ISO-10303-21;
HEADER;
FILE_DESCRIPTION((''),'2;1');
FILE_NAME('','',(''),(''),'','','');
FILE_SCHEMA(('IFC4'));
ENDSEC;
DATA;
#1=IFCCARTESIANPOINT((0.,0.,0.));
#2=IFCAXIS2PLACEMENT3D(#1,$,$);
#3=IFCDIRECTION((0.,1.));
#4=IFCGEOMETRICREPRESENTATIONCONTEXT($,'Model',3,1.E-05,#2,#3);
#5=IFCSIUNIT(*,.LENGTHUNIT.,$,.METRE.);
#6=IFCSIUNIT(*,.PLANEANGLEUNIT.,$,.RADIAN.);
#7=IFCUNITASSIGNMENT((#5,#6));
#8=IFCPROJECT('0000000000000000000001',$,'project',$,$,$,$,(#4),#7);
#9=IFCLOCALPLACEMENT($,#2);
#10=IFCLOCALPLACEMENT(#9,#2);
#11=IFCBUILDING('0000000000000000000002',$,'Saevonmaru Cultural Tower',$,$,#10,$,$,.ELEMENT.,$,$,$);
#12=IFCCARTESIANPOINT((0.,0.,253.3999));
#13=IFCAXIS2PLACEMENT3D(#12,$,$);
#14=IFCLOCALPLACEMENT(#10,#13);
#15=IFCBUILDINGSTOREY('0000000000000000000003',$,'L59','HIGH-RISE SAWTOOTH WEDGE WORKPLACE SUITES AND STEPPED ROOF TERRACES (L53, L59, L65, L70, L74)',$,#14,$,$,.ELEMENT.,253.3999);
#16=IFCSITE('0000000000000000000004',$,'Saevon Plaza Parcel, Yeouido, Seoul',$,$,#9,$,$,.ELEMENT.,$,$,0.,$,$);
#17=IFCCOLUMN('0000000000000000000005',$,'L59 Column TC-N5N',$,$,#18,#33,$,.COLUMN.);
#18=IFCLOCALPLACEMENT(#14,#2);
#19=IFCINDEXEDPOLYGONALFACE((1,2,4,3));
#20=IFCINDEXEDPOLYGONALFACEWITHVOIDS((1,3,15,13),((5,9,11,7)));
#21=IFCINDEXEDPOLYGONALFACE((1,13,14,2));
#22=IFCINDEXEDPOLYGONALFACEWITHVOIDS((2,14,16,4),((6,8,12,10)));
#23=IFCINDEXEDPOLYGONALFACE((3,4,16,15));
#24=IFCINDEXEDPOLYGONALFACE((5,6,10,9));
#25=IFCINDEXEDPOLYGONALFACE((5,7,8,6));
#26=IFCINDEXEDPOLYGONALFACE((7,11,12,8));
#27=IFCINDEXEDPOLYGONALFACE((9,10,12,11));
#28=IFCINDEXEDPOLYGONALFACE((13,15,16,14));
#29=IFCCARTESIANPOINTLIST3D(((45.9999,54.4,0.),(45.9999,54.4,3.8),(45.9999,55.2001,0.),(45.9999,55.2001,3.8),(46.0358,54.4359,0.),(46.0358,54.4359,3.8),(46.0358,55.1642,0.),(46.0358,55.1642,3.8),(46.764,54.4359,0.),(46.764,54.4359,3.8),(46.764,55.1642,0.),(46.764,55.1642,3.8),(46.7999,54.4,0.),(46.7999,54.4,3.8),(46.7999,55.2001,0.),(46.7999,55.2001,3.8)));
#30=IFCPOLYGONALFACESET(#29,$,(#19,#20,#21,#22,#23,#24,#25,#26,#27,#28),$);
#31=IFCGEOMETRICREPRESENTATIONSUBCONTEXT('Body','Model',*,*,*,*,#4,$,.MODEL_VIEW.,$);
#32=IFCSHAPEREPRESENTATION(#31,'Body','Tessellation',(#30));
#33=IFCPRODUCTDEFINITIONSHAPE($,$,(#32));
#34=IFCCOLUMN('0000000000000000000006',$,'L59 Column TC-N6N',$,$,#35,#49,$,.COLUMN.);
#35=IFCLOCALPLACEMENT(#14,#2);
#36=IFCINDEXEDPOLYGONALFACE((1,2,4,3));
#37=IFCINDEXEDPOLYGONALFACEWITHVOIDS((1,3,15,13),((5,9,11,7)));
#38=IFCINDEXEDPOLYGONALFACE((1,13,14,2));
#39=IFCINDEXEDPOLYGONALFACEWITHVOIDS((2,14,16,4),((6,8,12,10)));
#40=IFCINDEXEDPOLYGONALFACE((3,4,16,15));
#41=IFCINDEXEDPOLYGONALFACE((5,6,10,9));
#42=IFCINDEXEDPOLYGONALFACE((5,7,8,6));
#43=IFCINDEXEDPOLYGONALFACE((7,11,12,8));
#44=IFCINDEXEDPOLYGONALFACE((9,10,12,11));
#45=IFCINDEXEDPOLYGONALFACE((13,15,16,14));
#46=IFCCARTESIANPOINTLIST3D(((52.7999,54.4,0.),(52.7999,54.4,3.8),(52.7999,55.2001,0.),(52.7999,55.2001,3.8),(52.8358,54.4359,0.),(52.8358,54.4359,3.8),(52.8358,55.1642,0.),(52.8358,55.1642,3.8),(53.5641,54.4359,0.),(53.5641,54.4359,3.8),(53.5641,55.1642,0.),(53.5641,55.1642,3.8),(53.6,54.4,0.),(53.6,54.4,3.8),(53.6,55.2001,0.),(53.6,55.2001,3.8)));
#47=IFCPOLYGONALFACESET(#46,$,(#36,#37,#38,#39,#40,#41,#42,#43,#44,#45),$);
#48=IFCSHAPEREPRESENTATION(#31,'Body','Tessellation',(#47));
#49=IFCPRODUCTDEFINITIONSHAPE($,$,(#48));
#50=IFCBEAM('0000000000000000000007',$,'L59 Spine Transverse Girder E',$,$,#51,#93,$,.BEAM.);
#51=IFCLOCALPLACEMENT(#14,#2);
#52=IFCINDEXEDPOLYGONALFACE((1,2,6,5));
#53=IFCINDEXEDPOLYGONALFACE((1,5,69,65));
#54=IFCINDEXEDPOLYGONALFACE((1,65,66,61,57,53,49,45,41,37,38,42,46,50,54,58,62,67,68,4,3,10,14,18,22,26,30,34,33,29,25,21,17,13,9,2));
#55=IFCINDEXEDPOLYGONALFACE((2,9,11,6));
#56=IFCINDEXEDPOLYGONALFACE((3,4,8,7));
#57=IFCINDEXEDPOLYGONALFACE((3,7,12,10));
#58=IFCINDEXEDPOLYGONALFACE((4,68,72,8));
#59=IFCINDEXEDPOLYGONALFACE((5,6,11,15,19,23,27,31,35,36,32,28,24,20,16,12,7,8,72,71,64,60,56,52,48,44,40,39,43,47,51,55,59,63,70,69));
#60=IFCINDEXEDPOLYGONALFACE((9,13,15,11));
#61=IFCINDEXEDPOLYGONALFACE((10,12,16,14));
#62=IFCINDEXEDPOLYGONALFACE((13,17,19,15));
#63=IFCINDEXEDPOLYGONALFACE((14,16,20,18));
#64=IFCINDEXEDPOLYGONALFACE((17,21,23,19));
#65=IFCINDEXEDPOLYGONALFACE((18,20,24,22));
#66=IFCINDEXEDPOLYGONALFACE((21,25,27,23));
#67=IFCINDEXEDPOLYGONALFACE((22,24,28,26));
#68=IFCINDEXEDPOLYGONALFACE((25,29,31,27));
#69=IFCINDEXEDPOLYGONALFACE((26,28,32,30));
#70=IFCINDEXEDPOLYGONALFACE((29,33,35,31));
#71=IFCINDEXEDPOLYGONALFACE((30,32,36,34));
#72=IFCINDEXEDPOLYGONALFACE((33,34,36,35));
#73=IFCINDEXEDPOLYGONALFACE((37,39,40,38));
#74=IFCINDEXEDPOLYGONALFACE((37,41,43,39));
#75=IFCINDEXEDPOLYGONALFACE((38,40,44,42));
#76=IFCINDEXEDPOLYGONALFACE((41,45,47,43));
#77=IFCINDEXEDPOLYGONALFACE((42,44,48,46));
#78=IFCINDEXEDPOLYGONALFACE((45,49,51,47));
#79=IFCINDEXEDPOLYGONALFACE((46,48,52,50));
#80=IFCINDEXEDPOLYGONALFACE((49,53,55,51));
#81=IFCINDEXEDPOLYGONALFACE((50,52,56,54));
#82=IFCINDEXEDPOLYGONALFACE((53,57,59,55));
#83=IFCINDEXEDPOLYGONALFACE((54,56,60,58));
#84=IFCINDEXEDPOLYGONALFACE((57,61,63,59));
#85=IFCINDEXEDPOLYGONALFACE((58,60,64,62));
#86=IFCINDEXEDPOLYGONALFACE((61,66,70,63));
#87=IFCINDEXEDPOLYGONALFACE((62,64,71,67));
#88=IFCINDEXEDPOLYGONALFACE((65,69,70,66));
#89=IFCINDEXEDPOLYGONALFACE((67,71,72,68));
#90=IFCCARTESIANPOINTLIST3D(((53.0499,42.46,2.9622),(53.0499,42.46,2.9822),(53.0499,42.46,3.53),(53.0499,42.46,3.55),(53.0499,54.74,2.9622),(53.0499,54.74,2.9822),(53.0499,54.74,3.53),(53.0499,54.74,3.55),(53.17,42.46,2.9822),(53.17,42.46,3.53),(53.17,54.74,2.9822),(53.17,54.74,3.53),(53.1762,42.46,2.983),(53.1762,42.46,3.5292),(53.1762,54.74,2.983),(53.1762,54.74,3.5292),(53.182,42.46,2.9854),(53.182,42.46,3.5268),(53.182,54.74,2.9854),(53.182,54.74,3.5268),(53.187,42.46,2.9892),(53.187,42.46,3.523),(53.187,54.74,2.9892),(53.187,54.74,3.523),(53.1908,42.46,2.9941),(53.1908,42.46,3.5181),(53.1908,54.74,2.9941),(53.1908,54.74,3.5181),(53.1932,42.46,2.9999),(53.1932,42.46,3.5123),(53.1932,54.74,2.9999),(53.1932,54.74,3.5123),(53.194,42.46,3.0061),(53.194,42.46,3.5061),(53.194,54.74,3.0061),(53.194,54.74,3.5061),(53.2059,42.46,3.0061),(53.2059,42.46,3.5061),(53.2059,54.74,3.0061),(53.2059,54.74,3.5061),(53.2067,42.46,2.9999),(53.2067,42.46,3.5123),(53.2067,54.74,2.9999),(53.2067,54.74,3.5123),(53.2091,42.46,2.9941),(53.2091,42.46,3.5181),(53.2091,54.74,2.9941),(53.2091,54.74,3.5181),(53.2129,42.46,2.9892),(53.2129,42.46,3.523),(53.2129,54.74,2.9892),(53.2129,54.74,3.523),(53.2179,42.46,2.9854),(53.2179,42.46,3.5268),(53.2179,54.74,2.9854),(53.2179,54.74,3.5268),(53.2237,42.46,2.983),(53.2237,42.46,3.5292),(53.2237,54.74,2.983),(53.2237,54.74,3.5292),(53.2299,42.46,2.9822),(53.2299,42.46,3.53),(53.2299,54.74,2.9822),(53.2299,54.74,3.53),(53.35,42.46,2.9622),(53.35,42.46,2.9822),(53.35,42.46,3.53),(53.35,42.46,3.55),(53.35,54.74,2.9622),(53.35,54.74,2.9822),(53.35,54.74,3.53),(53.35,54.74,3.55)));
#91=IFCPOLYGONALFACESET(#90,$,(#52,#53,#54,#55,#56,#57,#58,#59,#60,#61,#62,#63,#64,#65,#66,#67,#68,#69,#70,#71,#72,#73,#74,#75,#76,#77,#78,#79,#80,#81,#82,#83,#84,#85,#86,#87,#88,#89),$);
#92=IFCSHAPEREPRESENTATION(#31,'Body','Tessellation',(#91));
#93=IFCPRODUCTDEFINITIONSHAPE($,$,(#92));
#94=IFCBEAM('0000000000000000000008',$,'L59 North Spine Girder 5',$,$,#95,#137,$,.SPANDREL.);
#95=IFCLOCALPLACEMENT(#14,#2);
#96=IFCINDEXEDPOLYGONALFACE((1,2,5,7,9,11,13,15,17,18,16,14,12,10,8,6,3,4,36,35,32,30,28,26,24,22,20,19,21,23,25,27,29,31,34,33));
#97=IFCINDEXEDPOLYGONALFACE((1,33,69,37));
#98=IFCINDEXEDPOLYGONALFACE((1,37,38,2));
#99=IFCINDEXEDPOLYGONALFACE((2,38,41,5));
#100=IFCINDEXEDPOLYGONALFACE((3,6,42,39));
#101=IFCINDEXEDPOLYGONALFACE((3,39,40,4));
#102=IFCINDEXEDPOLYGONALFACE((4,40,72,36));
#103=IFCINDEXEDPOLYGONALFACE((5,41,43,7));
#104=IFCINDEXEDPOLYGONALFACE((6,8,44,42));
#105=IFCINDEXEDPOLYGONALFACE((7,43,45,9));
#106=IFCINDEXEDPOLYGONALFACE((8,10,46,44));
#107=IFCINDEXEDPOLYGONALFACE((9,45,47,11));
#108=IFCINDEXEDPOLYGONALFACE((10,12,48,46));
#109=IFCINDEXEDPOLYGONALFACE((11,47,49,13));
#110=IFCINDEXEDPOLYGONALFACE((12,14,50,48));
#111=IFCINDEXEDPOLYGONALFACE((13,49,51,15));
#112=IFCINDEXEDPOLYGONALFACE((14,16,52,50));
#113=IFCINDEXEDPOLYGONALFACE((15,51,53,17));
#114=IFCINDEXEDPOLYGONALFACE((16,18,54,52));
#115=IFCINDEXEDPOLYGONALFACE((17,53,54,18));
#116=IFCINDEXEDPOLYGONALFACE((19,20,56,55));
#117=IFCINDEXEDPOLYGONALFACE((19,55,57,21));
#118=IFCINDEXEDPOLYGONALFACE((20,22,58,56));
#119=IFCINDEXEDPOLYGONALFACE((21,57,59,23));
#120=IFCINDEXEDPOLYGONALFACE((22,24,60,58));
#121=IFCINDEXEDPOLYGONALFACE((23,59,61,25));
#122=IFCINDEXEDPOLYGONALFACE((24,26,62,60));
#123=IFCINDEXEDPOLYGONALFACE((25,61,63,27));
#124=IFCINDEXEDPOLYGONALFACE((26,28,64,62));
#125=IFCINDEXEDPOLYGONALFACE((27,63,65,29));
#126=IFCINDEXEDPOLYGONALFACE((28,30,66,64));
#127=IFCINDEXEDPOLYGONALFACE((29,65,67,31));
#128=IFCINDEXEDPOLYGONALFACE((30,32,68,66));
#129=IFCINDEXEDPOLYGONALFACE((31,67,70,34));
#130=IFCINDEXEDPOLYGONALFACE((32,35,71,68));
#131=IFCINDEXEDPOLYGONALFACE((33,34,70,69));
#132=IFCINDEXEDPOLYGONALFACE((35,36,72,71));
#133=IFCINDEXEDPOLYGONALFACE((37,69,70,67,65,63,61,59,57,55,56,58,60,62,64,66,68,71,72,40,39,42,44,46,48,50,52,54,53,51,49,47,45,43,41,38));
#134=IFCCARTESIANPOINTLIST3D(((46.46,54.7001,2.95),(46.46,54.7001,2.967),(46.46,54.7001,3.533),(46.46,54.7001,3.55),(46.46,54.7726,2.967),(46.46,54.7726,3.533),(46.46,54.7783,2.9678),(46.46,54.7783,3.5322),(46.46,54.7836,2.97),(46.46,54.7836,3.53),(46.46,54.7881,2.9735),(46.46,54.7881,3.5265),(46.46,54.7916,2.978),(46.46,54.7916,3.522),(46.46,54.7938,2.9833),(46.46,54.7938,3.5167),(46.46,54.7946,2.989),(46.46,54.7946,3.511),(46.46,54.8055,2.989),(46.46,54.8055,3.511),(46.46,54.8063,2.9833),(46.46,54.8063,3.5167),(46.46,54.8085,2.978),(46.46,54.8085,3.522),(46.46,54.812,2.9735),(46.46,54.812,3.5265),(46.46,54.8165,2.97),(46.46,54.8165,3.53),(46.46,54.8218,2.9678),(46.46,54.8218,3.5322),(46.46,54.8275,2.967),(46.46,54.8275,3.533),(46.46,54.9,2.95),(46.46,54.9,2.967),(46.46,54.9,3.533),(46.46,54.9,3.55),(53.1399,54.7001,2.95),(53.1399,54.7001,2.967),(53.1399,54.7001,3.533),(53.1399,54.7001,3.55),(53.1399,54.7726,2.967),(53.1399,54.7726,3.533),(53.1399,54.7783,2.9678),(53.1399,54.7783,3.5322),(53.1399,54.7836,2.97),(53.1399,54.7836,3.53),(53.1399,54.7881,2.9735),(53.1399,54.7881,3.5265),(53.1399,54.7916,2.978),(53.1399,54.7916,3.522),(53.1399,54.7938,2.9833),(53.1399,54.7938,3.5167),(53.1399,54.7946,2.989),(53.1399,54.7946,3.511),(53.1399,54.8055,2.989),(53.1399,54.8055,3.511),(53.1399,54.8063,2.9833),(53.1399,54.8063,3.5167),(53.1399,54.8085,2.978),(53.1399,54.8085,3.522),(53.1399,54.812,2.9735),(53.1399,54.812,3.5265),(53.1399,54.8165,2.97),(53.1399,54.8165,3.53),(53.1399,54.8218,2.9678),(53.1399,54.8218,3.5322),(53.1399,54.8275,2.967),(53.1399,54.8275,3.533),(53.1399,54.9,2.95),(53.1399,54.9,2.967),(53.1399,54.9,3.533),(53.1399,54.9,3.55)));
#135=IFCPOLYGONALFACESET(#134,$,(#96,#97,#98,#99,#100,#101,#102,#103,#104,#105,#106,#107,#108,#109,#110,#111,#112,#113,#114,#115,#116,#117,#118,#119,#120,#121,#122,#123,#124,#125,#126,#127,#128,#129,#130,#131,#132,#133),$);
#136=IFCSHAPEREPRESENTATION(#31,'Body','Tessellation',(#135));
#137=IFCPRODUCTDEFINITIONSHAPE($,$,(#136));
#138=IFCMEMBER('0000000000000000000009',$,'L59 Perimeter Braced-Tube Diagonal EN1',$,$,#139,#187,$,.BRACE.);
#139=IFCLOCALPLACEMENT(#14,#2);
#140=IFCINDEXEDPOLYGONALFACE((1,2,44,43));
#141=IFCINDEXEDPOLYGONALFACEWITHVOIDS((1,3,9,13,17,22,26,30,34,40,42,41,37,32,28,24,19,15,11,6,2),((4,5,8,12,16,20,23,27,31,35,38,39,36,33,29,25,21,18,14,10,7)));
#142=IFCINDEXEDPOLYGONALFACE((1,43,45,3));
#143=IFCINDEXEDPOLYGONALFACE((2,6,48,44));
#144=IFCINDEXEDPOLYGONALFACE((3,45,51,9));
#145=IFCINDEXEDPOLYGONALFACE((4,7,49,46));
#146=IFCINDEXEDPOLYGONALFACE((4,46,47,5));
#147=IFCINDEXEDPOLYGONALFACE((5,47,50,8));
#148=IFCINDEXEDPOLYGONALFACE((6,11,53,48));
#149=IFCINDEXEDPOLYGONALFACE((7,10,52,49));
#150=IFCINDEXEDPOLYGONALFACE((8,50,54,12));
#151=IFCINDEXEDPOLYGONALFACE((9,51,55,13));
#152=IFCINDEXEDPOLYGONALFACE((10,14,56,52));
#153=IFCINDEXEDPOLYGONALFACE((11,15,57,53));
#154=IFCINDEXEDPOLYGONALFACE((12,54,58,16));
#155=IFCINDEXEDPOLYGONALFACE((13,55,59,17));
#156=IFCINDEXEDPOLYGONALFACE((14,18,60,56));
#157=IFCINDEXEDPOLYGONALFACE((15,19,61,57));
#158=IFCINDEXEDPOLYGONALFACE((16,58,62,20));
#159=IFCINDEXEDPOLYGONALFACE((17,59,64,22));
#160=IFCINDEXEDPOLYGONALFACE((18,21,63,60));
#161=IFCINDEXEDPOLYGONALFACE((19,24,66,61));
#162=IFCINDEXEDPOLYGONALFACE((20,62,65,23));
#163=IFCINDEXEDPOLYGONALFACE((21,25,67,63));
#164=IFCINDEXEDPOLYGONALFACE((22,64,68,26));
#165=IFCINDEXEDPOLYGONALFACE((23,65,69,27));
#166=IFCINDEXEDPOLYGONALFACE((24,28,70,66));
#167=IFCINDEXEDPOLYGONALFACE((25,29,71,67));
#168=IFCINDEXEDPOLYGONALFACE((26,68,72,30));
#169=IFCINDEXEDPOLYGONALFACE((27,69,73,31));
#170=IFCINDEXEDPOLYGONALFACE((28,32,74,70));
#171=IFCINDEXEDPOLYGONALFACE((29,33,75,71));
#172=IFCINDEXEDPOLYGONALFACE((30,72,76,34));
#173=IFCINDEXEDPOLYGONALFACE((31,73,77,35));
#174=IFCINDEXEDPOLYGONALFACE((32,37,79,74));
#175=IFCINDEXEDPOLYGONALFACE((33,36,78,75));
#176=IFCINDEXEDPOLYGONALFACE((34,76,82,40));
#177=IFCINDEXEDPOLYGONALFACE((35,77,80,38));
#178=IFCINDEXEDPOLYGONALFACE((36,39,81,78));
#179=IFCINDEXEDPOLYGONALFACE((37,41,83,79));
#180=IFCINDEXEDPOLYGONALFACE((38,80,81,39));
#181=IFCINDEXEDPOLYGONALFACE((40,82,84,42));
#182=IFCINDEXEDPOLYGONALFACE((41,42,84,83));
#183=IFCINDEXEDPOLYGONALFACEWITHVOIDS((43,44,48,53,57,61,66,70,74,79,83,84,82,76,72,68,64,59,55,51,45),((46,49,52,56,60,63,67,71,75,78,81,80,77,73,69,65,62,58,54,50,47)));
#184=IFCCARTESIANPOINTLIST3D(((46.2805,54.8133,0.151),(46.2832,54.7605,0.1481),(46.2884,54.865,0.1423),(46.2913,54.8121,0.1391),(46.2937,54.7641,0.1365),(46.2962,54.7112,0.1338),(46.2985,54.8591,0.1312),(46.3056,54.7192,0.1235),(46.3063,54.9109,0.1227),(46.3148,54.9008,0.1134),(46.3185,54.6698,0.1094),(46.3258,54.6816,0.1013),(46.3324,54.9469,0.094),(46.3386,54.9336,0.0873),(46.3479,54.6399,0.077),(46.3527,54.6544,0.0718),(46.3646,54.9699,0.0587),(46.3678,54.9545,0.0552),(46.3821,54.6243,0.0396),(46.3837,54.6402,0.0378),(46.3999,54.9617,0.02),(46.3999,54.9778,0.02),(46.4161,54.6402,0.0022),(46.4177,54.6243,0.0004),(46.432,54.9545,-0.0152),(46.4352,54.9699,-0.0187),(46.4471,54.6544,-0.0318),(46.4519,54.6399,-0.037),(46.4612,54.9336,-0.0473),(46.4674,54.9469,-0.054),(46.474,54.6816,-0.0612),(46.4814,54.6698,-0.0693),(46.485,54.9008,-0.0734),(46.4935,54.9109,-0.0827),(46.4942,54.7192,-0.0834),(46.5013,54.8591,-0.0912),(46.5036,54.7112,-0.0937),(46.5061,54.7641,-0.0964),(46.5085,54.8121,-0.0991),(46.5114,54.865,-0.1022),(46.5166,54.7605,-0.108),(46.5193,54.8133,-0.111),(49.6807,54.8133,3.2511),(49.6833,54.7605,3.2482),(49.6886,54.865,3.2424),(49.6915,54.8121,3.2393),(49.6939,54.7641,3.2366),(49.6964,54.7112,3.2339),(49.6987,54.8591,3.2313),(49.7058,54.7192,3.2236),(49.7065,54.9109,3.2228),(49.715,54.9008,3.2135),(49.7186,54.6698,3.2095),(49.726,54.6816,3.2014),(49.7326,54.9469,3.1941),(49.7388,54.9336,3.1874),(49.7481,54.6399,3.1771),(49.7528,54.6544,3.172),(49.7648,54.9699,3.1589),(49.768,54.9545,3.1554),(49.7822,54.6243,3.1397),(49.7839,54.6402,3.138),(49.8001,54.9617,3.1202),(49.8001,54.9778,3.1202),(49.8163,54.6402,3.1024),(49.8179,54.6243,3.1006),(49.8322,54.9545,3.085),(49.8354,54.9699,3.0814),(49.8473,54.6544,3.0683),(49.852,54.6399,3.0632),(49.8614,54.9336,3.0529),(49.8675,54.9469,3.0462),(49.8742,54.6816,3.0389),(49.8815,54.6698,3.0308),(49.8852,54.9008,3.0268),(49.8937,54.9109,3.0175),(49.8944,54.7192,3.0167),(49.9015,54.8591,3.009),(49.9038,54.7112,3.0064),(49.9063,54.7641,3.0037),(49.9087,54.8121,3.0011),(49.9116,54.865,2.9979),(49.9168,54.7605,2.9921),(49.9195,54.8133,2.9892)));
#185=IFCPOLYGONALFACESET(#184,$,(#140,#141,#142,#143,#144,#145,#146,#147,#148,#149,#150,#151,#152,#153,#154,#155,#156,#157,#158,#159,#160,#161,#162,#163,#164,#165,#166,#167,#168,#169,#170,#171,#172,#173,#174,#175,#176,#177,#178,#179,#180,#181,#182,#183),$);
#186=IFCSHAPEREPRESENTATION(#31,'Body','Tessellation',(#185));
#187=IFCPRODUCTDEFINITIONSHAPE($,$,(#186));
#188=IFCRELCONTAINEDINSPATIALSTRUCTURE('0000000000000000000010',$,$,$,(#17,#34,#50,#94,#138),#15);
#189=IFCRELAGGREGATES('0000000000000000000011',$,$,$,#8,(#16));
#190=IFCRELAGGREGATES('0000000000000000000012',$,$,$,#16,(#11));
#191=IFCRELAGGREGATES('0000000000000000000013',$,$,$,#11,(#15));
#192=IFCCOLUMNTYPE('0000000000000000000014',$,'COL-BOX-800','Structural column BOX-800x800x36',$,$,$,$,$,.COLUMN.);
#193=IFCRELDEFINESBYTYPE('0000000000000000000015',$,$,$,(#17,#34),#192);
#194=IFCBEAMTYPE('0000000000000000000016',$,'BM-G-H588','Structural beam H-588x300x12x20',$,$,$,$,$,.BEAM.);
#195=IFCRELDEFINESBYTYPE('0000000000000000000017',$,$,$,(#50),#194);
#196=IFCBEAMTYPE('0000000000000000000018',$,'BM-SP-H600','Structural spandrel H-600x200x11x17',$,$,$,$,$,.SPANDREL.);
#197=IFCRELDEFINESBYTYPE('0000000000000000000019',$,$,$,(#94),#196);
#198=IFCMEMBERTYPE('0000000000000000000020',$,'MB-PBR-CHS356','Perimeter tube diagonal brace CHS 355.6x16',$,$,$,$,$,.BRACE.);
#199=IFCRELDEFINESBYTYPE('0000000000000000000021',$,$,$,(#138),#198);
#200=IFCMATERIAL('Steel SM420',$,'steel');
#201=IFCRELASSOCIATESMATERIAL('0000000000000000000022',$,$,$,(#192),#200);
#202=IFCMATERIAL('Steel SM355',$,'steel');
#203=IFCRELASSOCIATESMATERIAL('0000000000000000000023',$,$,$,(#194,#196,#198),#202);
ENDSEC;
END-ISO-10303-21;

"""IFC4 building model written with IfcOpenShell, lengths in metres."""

from ifc_helpers import new_model, si_unit, direction, frame, origin, origin_2d, place, context, subcontext, project, spatial, hollow_rectangle, hollow_circle, i_section, extrude, material, material_profile, profile_set, type_object, element, save


model = new_model("IFC4")

# Units and contexts
model_context = context("Model", 3, precision=1e-05, world=origin(), true_north=direction((0.0, 1.0)))
body_context = subcontext(model_context, "Body", "Model", "MODEL_VIEW")
ifc_project = project(units=[si_unit("LENGTHUNIT", "METRE"), si_unit("PLANEANGLEUNIT", "RADIAN")], contexts=[model_context])

# Site, building, storey
site_placement = place(None, origin())
site = spatial("IfcSite", under=ifc_project, at=site_placement, Name="Saevon Plaza Parcel, Yeouido, Seoul", CompositionType="ELEMENT", RefElevation=0.0)
building_placement = place(site_placement, origin())
building = spatial("IfcBuilding", under=site, at=building_placement, Name="Saevonmaru Cultural Tower", CompositionType="ELEMENT")
storey_placement = place(building_placement, frame((0.0, 0.0, 253.3999)))
storey = spatial("IfcBuildingStorey", under=building, at=storey_placement, Name="L59", Description="HIGH-RISE SAWTOOTH WEDGE WORKPLACE SUITES AND STEPPED ROOF TERRACES (L53, L59, L65, L70, L74)", CompositionType="ELEMENT", Elevation=253.3999)

# Columns
ifc_material_1 = material(Name="Steel SM420", Category="steel")
ifc_material_profile_1 = material_profile(ifc_material_1, hollow_rectangle(XDim=0.8, YDim=0.8, WallThickness=0.0359, at=origin_2d()), Name="BOX-800x800x36")
ifc_profile_set_1 = profile_set([ifc_material_profile_1], Name="Steel SM420")
column_type = type_object("IfcColumnType", Name="COL-BOX-800", Description="Structural column BOX-800x800x36", PredefinedType="COLUMN", material=ifc_profile_set_1)
for number, where, z_axis, x_axis, name in (
    (1, (46.3999, 54.8, 0.0), (0.0, 0.0, 1.0), (1.0, 0.0, 0.0), "L59 Column TC-N5N"),
    (2, (53.2, 54.8, 0.0), (0.0, 0.0, 1.0), (1.0, 0.0, 0.0), "L59 Column TC-N6N"),
):
    element("IfcColumn", number, at=place(storey_placement, frame(where, z_axis=z_axis, x_axis=x_axis)), inside=storey, type_object=column_type, Name=name, PredefinedType="COLUMN", context=body_context, shape_type="SweptSolid", body=[
        extrude(hollow_rectangle(XDim=0.8, YDim=0.8, WallThickness=0.0359, at=origin_2d()), origin(), (0.0, 0.0, 1.0), 3.8),
    ])

# Beams
ifc_material_2 = material(Name="Steel SM355", Category="steel")
ifc_material_profile_2 = material_profile(ifc_material_2, i_section(OverallWidth=0.3, OverallDepth=0.5879, WebThickness=0.012, FlangeThickness=0.02, FilletRadius=0.0239, at=origin_2d()), Name="H-588x300x12x20")
ifc_profile_set_2 = profile_set([ifc_material_profile_2], Name="Steel SM355")
beam_type_1 = type_object("IfcBeamType", Name="BM-G-H588", Description="Structural beam H-588x300x12x20", PredefinedType="BEAM", material=ifc_profile_set_2)
beam_1_placement = place(storey_placement, frame((53.2, 54.74, 3.2561), z_axis=(0.0, -1.0, 0.0), x_axis=(1.0, 0.0, 0.0)))
element("IfcBeam", 3, at=beam_1_placement, inside=storey, type_object=beam_type_1, Name="L59 Spine Transverse Girder E", PredefinedType="BEAM", context=body_context, shape_type="SweptSolid", body=[
    extrude(i_section(OverallWidth=0.3, OverallDepth=0.5879, WebThickness=0.012, FlangeThickness=0.02, FilletRadius=0.0239, at=origin_2d()), origin(), (0.0, 0.0, 1.0), 12.28),
])
ifc_material_profile_3 = material_profile(ifc_material_2, i_section(OverallWidth=0.2, OverallDepth=0.6001, WebThickness=0.011, FlangeThickness=0.0171, FilletRadius=0.022, at=origin_2d()), Name="H-600x200x11x17")
ifc_profile_set_3 = profile_set([ifc_material_profile_3], Name="Steel SM355")
beam_type_2 = type_object("IfcBeamType", Name="BM-SP-H600", Description="Structural spandrel H-600x200x11x17", PredefinedType="SPANDREL", material=ifc_profile_set_3)
beam_2_placement = place(storey_placement, frame((46.46, 54.8, 3.25), z_axis=(1.0, 0.0, 0.0), x_axis=(0.0, 1.0, 0.0)))
element("IfcBeam", 4, at=beam_2_placement, inside=storey, type_object=beam_type_2, Name="L59 North Spine Girder 5", PredefinedType="SPANDREL", context=body_context, shape_type="SweptSolid", body=[
    extrude(i_section(OverallWidth=0.2, OverallDepth=0.6001, WebThickness=0.011, FlangeThickness=0.0171, FilletRadius=0.022, at=origin_2d()), origin(), (0.0, 0.0, 1.0), 6.6799),
])

# Member
ifc_material_profile_4 = material_profile(ifc_material_2, hollow_circle(Radius=0.1777, WallThickness=0.0161, at=origin_2d()), Name="CHS-355.6x16")
ifc_profile_set_4 = profile_set([ifc_material_profile_4], Name="Steel SM355")
member_type_1 = type_object("IfcMemberType", Name="MB-PBR-CHS356", Description="Perimeter tube diagonal brace CHS 355.6x16", PredefinedType="BRACE", material=ifc_profile_set_4)
member_1_placement = place(storey_placement, frame((46.3999, 54.8, 0.02), z_axis=(0.73896, 0.0, 0.67375), x_axis=(0.0, 1.0, 0.0)))
element("IfcMember", 5, at=member_1_placement, inside=storey, type_object=member_type_1, Name="L59 Perimeter Braced-Tube Diagonal EN1", PredefinedType="BRACE", context=body_context, shape_type="SweptSolid", body=[
    extrude(hollow_circle(Radius=0.1777, WallThickness=0.0161, at=origin_2d()), origin(), (0.0, 0.0, 1.0), 4.6013),
])

save(model, "model.ifc")
